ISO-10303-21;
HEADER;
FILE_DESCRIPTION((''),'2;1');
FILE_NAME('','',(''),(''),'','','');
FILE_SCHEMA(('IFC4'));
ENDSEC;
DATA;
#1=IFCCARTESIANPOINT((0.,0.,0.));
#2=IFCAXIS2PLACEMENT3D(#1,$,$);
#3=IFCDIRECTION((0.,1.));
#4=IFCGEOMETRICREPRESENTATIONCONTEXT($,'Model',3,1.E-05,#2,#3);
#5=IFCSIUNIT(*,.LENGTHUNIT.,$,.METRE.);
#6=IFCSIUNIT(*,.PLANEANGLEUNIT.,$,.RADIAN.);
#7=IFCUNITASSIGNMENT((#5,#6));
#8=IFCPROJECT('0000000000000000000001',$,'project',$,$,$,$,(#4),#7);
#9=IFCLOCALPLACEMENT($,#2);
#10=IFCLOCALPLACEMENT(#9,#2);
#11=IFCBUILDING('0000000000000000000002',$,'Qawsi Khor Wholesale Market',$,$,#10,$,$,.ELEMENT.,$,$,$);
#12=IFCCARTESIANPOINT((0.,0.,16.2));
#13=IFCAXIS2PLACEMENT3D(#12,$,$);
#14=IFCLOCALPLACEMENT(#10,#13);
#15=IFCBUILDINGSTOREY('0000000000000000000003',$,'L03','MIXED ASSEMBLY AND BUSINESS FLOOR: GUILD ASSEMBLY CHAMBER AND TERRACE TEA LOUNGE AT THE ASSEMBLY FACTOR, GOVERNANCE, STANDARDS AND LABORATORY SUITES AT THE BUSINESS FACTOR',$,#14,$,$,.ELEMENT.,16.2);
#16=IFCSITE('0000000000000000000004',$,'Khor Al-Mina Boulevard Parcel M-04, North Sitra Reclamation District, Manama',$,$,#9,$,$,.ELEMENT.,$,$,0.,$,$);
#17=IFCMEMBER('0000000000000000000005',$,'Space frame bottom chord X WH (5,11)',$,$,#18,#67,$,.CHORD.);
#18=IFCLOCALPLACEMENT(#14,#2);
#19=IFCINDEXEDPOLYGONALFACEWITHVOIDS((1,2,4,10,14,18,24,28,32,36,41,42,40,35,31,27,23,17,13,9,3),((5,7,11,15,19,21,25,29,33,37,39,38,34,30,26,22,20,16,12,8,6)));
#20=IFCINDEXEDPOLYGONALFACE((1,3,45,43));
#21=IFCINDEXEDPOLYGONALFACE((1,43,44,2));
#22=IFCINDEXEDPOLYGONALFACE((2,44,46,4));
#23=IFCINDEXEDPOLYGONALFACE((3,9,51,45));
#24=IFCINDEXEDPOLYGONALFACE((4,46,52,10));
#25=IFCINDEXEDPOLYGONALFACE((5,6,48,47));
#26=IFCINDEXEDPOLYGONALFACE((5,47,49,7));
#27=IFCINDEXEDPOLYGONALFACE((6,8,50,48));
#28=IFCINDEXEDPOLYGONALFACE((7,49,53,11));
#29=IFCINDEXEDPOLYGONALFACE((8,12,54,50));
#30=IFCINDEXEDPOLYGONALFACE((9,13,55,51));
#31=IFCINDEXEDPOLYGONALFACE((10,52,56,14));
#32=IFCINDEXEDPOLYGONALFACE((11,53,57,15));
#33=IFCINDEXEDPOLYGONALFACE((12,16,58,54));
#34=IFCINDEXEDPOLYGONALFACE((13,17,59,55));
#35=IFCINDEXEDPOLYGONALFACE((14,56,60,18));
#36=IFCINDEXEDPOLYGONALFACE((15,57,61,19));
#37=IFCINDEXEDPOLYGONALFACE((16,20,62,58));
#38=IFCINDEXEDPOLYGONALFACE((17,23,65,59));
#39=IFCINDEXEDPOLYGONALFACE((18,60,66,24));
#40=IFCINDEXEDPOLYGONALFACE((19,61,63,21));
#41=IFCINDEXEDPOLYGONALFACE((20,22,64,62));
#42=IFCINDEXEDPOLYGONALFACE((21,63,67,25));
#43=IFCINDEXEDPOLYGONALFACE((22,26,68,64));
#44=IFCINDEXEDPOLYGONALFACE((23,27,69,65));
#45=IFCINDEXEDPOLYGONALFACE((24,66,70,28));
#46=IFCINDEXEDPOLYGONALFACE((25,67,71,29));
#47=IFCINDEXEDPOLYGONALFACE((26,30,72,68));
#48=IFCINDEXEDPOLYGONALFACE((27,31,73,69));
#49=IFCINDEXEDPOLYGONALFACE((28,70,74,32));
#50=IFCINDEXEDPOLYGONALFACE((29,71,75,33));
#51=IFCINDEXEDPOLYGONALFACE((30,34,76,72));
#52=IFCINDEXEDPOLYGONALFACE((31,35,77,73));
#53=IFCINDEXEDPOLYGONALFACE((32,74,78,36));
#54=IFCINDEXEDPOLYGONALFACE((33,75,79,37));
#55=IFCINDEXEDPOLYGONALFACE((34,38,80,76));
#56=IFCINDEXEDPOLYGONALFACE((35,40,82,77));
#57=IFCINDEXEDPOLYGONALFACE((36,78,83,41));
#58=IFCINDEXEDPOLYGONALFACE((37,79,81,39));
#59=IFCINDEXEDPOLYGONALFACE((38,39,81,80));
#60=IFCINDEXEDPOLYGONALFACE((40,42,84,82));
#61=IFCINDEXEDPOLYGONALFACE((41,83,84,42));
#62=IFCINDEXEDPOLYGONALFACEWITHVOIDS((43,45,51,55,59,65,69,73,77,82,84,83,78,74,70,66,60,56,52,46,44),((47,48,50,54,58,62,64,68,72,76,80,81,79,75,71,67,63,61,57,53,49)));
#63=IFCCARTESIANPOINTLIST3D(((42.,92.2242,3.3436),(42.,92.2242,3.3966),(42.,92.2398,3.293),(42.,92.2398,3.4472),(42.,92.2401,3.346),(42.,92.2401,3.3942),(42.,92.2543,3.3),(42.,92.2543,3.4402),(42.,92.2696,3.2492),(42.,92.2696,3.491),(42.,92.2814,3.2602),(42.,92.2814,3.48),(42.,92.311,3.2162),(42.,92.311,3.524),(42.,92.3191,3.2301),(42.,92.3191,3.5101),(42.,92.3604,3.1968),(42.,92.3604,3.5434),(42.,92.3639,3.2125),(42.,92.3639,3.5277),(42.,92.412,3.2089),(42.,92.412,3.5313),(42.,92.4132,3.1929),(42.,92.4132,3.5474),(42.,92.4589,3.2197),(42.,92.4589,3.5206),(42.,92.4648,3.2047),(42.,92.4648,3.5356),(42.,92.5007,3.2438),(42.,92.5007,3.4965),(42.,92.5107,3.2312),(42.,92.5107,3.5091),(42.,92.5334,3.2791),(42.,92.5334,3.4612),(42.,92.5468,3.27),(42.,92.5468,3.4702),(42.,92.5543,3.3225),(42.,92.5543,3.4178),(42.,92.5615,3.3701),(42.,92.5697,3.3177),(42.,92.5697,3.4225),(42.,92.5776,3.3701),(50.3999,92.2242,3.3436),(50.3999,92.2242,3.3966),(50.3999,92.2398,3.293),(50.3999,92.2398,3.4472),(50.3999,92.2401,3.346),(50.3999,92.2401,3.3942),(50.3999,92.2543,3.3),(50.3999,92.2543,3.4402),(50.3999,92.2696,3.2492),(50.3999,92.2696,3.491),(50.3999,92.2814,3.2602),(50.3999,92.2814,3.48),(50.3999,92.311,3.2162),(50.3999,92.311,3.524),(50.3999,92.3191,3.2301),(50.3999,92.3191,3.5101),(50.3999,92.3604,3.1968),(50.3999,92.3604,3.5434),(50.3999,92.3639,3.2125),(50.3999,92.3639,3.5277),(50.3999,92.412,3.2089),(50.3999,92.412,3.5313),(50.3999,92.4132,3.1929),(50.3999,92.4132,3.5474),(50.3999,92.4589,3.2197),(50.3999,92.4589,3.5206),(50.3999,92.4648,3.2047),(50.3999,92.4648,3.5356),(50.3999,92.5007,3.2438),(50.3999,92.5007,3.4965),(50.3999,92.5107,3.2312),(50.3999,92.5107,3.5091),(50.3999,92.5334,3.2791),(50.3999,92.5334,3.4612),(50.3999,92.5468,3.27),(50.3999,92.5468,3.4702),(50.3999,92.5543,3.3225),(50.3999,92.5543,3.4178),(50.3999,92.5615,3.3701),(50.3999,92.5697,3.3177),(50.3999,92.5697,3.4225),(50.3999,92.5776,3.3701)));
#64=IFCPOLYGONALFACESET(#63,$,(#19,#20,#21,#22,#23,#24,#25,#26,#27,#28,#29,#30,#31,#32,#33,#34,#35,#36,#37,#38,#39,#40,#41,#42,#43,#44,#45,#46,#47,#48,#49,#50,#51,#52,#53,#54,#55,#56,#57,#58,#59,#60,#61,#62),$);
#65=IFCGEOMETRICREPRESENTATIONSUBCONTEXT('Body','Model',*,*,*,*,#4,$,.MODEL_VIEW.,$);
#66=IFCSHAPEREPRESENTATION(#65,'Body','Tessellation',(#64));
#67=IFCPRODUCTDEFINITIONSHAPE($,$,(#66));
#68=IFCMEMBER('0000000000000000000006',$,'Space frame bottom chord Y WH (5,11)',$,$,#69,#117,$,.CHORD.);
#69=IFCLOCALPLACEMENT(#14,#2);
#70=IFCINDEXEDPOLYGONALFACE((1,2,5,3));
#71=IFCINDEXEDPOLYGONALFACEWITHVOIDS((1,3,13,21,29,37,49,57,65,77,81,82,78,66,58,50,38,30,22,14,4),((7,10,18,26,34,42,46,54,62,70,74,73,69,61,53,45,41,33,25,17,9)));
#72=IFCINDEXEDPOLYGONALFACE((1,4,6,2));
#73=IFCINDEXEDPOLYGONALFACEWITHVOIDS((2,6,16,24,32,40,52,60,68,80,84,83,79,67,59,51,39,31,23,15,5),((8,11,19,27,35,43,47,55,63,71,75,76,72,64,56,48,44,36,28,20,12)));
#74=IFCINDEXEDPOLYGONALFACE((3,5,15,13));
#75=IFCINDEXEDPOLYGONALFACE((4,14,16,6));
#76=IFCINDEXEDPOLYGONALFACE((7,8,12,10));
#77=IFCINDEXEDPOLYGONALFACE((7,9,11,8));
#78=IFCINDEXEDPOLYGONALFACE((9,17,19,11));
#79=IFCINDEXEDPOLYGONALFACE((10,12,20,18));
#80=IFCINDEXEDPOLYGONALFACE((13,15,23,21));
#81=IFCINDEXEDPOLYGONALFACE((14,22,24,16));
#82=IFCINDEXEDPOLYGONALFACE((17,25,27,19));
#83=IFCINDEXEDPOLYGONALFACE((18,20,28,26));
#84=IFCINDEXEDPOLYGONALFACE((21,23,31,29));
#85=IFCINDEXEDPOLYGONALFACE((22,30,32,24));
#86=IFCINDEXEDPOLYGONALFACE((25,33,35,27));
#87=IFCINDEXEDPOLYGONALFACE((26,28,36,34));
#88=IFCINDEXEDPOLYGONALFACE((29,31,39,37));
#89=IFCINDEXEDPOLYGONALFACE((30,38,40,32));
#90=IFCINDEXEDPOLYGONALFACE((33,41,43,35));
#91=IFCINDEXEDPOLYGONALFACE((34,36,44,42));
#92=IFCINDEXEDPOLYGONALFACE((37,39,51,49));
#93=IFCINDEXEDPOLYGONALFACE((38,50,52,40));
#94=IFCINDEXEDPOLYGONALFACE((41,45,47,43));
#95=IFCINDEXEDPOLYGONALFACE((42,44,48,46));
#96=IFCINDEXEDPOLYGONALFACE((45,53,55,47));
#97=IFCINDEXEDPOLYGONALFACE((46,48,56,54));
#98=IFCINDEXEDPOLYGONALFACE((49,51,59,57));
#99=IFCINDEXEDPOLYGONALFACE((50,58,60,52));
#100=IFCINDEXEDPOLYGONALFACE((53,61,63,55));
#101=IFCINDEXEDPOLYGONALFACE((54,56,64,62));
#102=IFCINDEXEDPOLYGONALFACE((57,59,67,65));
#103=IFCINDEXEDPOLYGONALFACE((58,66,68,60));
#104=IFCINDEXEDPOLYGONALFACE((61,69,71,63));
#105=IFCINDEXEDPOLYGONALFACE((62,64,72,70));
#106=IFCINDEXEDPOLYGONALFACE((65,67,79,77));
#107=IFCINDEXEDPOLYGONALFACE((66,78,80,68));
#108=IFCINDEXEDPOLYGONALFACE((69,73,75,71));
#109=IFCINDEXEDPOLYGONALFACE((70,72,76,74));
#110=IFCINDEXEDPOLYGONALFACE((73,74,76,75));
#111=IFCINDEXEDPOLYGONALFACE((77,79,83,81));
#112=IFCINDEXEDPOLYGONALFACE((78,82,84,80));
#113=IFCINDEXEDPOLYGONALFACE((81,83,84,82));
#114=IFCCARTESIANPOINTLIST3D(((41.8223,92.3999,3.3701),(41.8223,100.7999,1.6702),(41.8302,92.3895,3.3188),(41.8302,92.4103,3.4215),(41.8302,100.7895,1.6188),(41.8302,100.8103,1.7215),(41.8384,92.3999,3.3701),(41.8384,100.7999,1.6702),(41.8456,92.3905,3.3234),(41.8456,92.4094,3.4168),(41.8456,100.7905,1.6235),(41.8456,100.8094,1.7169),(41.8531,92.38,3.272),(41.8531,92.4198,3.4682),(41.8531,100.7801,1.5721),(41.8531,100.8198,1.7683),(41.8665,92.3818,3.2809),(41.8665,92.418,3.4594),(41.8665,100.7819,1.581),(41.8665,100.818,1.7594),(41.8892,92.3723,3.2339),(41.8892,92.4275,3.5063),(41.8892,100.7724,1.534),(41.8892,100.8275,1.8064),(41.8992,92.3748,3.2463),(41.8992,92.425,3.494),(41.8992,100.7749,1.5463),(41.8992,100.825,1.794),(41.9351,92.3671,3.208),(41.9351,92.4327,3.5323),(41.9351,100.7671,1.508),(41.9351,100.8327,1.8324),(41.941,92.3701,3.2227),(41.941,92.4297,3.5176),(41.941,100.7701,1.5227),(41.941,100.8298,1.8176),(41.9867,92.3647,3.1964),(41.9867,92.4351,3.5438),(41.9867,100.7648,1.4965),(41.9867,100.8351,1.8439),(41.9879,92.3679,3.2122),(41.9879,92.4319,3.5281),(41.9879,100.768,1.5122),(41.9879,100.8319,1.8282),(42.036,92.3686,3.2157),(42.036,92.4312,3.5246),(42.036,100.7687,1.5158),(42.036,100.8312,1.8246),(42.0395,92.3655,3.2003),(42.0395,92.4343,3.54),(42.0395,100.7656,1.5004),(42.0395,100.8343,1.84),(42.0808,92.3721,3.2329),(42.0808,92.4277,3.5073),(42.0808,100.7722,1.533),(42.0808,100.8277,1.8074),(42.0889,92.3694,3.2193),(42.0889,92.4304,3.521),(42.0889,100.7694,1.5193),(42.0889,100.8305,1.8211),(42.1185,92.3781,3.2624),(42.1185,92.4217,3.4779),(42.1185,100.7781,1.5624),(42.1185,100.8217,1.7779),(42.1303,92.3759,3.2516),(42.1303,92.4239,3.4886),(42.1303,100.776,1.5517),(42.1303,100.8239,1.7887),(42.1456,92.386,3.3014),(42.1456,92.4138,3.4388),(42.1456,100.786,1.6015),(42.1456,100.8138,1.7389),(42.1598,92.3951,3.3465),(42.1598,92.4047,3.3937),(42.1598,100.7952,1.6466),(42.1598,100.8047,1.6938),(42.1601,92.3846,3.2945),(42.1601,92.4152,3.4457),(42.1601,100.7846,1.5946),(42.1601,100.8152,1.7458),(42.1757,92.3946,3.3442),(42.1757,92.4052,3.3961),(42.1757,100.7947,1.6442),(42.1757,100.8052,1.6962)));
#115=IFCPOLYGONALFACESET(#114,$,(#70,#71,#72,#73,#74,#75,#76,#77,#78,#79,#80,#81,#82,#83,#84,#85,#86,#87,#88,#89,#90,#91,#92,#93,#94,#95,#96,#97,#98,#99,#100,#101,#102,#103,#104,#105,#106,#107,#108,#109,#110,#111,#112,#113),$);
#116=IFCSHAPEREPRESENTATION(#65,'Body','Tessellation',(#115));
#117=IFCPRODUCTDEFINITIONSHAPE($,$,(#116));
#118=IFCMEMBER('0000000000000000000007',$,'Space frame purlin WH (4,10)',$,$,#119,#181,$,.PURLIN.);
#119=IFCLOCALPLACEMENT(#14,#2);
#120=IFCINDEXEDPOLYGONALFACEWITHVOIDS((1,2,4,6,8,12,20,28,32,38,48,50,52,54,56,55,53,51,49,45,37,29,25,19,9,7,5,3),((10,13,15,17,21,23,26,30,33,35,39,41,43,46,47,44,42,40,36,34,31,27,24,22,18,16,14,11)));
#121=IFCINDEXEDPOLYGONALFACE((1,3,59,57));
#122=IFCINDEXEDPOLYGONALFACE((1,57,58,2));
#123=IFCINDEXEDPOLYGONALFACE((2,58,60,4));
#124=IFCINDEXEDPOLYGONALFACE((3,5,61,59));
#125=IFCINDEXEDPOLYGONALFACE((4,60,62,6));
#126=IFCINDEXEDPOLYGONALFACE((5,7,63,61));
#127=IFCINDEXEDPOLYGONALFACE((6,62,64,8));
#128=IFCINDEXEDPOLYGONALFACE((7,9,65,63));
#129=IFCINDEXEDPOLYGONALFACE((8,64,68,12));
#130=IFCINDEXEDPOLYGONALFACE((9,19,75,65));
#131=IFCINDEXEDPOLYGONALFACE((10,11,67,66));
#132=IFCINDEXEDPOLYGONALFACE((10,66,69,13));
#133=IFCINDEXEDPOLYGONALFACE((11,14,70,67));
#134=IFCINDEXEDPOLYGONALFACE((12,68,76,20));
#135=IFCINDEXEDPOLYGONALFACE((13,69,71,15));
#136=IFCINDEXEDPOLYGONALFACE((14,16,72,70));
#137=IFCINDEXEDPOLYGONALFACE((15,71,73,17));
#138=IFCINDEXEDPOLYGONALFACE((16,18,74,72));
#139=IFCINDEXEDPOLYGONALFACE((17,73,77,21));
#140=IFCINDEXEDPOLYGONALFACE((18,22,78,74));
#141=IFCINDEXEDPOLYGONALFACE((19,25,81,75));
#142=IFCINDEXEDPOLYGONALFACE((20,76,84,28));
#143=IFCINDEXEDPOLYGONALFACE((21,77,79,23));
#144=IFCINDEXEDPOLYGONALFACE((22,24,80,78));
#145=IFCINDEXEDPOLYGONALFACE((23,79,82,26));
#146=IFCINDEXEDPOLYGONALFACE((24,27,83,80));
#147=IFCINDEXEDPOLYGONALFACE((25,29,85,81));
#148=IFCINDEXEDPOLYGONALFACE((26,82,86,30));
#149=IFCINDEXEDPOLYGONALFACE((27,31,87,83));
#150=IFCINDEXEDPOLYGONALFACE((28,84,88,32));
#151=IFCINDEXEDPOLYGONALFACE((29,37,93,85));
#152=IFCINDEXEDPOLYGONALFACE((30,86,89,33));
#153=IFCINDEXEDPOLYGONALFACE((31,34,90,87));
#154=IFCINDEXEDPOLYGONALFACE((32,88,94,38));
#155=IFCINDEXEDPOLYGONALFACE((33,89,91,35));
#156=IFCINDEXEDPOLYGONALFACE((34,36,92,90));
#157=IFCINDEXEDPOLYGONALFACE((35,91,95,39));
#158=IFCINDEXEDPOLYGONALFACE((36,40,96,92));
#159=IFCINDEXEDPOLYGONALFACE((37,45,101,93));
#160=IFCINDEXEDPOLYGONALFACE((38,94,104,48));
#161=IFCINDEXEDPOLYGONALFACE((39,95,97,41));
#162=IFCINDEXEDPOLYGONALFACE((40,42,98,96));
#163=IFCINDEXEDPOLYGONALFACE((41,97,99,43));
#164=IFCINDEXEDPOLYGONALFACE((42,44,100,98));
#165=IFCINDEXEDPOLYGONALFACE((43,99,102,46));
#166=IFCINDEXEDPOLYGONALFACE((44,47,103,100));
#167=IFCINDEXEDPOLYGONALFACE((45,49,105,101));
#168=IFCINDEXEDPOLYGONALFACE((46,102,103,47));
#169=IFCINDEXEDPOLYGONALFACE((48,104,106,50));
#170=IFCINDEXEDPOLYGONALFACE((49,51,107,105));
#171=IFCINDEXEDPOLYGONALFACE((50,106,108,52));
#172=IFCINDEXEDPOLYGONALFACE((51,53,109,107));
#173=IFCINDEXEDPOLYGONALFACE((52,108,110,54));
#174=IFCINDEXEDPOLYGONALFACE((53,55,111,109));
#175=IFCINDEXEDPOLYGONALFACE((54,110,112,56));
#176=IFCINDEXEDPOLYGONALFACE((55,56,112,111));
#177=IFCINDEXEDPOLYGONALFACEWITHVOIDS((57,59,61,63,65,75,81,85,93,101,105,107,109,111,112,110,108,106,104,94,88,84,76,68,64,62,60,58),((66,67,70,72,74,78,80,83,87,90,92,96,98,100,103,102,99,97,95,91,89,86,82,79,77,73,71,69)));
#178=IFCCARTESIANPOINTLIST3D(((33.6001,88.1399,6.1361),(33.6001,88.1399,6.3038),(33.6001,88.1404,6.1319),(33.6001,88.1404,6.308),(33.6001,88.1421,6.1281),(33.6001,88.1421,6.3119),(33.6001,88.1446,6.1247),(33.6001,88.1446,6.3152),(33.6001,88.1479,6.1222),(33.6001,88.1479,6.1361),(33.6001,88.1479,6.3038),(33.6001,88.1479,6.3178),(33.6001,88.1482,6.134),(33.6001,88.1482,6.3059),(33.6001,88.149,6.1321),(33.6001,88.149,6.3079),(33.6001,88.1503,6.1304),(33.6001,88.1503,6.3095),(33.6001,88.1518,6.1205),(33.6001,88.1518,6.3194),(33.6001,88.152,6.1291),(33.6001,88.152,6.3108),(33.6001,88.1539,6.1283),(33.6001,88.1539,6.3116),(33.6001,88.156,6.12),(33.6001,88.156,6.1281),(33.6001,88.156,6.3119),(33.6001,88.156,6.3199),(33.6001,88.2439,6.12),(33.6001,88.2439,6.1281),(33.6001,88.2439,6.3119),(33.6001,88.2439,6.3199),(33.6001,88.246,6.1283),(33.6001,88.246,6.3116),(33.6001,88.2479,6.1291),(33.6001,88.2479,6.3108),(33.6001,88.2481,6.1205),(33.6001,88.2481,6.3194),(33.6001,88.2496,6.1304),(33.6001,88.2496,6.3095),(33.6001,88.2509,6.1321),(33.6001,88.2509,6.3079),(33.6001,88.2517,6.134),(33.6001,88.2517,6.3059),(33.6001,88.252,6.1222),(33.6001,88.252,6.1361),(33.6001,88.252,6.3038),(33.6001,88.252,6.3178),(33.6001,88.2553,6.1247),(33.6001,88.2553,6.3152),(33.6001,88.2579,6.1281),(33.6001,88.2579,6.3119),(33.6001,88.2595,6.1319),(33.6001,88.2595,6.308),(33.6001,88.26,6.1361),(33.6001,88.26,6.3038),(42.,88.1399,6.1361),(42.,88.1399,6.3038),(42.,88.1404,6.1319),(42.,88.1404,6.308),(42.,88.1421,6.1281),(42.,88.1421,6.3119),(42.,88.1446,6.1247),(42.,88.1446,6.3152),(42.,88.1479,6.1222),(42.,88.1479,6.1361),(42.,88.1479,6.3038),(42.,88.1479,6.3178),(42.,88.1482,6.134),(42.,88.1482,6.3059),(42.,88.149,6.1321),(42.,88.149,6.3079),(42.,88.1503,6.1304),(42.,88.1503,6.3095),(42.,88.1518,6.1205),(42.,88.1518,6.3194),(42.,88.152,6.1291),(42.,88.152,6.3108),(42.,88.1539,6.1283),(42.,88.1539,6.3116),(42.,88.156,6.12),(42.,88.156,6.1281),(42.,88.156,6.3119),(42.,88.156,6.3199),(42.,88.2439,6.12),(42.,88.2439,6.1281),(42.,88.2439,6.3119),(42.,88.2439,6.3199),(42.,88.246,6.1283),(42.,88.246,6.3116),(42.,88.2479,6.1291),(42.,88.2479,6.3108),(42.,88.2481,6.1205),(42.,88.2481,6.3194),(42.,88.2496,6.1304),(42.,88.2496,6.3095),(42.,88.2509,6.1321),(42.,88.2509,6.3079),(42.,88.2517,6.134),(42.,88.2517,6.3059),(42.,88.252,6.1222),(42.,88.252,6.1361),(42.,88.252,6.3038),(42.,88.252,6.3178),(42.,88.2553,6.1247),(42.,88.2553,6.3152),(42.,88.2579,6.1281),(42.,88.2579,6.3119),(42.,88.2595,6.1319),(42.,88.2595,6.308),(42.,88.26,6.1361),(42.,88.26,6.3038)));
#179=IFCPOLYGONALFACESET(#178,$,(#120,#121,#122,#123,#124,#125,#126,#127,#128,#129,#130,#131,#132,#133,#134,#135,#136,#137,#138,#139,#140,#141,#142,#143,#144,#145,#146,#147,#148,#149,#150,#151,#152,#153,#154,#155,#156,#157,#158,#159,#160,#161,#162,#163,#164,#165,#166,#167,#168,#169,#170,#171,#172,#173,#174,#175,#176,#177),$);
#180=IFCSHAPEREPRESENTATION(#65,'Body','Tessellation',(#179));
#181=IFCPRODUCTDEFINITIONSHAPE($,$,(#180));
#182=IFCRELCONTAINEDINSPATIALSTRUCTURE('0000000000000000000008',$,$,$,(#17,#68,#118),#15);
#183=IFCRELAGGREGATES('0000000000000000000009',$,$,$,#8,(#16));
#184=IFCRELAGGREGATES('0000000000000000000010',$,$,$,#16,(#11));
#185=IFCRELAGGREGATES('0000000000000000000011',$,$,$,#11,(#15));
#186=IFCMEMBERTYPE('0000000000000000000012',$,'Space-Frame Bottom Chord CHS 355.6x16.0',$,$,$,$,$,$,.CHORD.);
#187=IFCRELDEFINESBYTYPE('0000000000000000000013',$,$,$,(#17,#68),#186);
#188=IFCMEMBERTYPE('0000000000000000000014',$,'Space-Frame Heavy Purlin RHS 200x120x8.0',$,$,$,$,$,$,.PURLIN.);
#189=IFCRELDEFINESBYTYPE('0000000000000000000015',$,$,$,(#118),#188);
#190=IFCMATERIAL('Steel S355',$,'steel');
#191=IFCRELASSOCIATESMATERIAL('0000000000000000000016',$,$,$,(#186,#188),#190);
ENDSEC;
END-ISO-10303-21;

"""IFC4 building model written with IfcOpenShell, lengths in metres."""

from ifc_helpers import new_model, si_unit, direction, frame, origin, origin_2d, place, context, subcontext, project, spatial, hollow_rectangle, hollow_circle, extrude, material, material_profile, profile_set, type_object, element, save


model = new_model("IFC4")

# Units and contexts
model_context = context("Model", 3, precision=1e-05, world=origin(), true_north=direction((0.0, 1.0)))
body_context = subcontext(model_context, "Body", "Model", "MODEL_VIEW")
ifc_project = project(units=[si_unit("LENGTHUNIT", "METRE"), si_unit("PLANEANGLEUNIT", "RADIAN")], contexts=[model_context])

# Site, building, storey
site_placement = place(None, origin())
site = spatial("IfcSite", under=ifc_project, at=site_placement, Name="Khor Al-Mina Boulevard Parcel M-04, North Sitra Reclamation District, Manama", CompositionType="ELEMENT", RefElevation=0.0)
building_placement = place(site_placement, origin())
building = spatial("IfcBuilding", under=site, at=building_placement, Name="Qawsi Khor Wholesale Market", CompositionType="ELEMENT")
storey_placement = place(building_placement, frame((0.0, 0.0, 16.2)))
storey = spatial("IfcBuildingStorey", under=building, at=storey_placement, Name="L03", Description="MIXED ASSEMBLY AND BUSINESS FLOOR: GUILD ASSEMBLY CHAMBER AND TERRACE TEA LOUNGE AT THE ASSEMBLY FACTOR, GOVERNANCE, STANDARDS AND LABORATORY SUITES AT THE BUSINESS FACTOR", CompositionType="ELEMENT", Elevation=16.2)

# Members
ifc_material_1 = material(Name="Steel S355", Category="steel")
ifc_material_profile_1 = material_profile(ifc_material_1, hollow_circle(Radius=0.1777, WallThickness=0.0161, at=origin_2d()), Name="CHS 355.6x16.0")
ifc_profile_set_1 = profile_set([ifc_material_profile_1], Name="Steel S355")
member_type_1 = type_object("IfcMemberType", Name="Space-Frame Bottom Chord CHS 355.6x16.0", PredefinedType="CHORD", material=ifc_profile_set_1)
member_1_placement = place(storey_placement, frame((42.0, 92.3999, 3.3701), z_axis=(1.0, 0.0, 0.0), x_axis=(0.0, 1.0, 0.0)))
element("IfcMember", 1, at=member_1_placement, inside=storey, type_object=member_type_1, Name="Space frame bottom chord X WH (5,11)", PredefinedType="CHORD", context=body_context, shape_type="SweptSolid", body=[
    extrude(hollow_circle(Radius=0.1777, WallThickness=0.0161, at=origin_2d()), origin(), (0.0, 0.0, 1.0), 8.3999),
])
member_2_placement = place(storey_placement, frame((42.0, 92.3999, 3.3701), z_axis=(0.0, 0.980131, -0.198351), x_axis=(-1.0, 0.0, 0.0)))
element("IfcMember", 2, at=member_2_placement, inside=storey, type_object=member_type_1, Name="Space frame bottom chord Y WH (5,11)", PredefinedType="CHORD", context=body_context, shape_type="SweptSolid", body=[
    extrude(hollow_circle(Radius=0.1777, WallThickness=0.0161, at=origin_2d()), origin(), (0.0, 0.0, 1.0), 8.5703),
])
ifc_material_profile_2 = material_profile(ifc_material_1, hollow_rectangle(XDim=0.1201, YDim=0.2, WallThickness=0.0081, InnerFilletRadius=0.0081, OuterFilletRadius=0.0161, at=origin_2d()), Name="RHS 200x120x8.0")
ifc_profile_set_2 = profile_set([ifc_material_profile_2], Name="Steel S355")
member_type_2 = type_object("IfcMemberType", Name="Space-Frame Heavy Purlin RHS 200x120x8.0", PredefinedType="PURLIN", material=ifc_profile_set_2)
for number, where, z_axis, x_axis, name in (
    (3, (33.6001, 88.2, 6.22), (1.0, 0.0, 0.0), (0.0, 1.0, 0.0), "Space frame purlin WH (4,10)"),
):
    element("IfcMember", number, at=place(storey_placement, frame(where, z_axis=z_axis, x_axis=x_axis)), inside=storey, type_object=member_type_2, Name=name, PredefinedType="PURLIN", context=body_context, shape_type="SweptSolid", body=[
        extrude(hollow_rectangle(XDim=0.1201, YDim=0.2, WallThickness=0.0081, InnerFilletRadius=0.0081, OuterFilletRadius=0.0161, at=origin_2d()), origin(), (0.0, 0.0, 1.0), 8.3999),
    ])

save(model, "model.ifc")
